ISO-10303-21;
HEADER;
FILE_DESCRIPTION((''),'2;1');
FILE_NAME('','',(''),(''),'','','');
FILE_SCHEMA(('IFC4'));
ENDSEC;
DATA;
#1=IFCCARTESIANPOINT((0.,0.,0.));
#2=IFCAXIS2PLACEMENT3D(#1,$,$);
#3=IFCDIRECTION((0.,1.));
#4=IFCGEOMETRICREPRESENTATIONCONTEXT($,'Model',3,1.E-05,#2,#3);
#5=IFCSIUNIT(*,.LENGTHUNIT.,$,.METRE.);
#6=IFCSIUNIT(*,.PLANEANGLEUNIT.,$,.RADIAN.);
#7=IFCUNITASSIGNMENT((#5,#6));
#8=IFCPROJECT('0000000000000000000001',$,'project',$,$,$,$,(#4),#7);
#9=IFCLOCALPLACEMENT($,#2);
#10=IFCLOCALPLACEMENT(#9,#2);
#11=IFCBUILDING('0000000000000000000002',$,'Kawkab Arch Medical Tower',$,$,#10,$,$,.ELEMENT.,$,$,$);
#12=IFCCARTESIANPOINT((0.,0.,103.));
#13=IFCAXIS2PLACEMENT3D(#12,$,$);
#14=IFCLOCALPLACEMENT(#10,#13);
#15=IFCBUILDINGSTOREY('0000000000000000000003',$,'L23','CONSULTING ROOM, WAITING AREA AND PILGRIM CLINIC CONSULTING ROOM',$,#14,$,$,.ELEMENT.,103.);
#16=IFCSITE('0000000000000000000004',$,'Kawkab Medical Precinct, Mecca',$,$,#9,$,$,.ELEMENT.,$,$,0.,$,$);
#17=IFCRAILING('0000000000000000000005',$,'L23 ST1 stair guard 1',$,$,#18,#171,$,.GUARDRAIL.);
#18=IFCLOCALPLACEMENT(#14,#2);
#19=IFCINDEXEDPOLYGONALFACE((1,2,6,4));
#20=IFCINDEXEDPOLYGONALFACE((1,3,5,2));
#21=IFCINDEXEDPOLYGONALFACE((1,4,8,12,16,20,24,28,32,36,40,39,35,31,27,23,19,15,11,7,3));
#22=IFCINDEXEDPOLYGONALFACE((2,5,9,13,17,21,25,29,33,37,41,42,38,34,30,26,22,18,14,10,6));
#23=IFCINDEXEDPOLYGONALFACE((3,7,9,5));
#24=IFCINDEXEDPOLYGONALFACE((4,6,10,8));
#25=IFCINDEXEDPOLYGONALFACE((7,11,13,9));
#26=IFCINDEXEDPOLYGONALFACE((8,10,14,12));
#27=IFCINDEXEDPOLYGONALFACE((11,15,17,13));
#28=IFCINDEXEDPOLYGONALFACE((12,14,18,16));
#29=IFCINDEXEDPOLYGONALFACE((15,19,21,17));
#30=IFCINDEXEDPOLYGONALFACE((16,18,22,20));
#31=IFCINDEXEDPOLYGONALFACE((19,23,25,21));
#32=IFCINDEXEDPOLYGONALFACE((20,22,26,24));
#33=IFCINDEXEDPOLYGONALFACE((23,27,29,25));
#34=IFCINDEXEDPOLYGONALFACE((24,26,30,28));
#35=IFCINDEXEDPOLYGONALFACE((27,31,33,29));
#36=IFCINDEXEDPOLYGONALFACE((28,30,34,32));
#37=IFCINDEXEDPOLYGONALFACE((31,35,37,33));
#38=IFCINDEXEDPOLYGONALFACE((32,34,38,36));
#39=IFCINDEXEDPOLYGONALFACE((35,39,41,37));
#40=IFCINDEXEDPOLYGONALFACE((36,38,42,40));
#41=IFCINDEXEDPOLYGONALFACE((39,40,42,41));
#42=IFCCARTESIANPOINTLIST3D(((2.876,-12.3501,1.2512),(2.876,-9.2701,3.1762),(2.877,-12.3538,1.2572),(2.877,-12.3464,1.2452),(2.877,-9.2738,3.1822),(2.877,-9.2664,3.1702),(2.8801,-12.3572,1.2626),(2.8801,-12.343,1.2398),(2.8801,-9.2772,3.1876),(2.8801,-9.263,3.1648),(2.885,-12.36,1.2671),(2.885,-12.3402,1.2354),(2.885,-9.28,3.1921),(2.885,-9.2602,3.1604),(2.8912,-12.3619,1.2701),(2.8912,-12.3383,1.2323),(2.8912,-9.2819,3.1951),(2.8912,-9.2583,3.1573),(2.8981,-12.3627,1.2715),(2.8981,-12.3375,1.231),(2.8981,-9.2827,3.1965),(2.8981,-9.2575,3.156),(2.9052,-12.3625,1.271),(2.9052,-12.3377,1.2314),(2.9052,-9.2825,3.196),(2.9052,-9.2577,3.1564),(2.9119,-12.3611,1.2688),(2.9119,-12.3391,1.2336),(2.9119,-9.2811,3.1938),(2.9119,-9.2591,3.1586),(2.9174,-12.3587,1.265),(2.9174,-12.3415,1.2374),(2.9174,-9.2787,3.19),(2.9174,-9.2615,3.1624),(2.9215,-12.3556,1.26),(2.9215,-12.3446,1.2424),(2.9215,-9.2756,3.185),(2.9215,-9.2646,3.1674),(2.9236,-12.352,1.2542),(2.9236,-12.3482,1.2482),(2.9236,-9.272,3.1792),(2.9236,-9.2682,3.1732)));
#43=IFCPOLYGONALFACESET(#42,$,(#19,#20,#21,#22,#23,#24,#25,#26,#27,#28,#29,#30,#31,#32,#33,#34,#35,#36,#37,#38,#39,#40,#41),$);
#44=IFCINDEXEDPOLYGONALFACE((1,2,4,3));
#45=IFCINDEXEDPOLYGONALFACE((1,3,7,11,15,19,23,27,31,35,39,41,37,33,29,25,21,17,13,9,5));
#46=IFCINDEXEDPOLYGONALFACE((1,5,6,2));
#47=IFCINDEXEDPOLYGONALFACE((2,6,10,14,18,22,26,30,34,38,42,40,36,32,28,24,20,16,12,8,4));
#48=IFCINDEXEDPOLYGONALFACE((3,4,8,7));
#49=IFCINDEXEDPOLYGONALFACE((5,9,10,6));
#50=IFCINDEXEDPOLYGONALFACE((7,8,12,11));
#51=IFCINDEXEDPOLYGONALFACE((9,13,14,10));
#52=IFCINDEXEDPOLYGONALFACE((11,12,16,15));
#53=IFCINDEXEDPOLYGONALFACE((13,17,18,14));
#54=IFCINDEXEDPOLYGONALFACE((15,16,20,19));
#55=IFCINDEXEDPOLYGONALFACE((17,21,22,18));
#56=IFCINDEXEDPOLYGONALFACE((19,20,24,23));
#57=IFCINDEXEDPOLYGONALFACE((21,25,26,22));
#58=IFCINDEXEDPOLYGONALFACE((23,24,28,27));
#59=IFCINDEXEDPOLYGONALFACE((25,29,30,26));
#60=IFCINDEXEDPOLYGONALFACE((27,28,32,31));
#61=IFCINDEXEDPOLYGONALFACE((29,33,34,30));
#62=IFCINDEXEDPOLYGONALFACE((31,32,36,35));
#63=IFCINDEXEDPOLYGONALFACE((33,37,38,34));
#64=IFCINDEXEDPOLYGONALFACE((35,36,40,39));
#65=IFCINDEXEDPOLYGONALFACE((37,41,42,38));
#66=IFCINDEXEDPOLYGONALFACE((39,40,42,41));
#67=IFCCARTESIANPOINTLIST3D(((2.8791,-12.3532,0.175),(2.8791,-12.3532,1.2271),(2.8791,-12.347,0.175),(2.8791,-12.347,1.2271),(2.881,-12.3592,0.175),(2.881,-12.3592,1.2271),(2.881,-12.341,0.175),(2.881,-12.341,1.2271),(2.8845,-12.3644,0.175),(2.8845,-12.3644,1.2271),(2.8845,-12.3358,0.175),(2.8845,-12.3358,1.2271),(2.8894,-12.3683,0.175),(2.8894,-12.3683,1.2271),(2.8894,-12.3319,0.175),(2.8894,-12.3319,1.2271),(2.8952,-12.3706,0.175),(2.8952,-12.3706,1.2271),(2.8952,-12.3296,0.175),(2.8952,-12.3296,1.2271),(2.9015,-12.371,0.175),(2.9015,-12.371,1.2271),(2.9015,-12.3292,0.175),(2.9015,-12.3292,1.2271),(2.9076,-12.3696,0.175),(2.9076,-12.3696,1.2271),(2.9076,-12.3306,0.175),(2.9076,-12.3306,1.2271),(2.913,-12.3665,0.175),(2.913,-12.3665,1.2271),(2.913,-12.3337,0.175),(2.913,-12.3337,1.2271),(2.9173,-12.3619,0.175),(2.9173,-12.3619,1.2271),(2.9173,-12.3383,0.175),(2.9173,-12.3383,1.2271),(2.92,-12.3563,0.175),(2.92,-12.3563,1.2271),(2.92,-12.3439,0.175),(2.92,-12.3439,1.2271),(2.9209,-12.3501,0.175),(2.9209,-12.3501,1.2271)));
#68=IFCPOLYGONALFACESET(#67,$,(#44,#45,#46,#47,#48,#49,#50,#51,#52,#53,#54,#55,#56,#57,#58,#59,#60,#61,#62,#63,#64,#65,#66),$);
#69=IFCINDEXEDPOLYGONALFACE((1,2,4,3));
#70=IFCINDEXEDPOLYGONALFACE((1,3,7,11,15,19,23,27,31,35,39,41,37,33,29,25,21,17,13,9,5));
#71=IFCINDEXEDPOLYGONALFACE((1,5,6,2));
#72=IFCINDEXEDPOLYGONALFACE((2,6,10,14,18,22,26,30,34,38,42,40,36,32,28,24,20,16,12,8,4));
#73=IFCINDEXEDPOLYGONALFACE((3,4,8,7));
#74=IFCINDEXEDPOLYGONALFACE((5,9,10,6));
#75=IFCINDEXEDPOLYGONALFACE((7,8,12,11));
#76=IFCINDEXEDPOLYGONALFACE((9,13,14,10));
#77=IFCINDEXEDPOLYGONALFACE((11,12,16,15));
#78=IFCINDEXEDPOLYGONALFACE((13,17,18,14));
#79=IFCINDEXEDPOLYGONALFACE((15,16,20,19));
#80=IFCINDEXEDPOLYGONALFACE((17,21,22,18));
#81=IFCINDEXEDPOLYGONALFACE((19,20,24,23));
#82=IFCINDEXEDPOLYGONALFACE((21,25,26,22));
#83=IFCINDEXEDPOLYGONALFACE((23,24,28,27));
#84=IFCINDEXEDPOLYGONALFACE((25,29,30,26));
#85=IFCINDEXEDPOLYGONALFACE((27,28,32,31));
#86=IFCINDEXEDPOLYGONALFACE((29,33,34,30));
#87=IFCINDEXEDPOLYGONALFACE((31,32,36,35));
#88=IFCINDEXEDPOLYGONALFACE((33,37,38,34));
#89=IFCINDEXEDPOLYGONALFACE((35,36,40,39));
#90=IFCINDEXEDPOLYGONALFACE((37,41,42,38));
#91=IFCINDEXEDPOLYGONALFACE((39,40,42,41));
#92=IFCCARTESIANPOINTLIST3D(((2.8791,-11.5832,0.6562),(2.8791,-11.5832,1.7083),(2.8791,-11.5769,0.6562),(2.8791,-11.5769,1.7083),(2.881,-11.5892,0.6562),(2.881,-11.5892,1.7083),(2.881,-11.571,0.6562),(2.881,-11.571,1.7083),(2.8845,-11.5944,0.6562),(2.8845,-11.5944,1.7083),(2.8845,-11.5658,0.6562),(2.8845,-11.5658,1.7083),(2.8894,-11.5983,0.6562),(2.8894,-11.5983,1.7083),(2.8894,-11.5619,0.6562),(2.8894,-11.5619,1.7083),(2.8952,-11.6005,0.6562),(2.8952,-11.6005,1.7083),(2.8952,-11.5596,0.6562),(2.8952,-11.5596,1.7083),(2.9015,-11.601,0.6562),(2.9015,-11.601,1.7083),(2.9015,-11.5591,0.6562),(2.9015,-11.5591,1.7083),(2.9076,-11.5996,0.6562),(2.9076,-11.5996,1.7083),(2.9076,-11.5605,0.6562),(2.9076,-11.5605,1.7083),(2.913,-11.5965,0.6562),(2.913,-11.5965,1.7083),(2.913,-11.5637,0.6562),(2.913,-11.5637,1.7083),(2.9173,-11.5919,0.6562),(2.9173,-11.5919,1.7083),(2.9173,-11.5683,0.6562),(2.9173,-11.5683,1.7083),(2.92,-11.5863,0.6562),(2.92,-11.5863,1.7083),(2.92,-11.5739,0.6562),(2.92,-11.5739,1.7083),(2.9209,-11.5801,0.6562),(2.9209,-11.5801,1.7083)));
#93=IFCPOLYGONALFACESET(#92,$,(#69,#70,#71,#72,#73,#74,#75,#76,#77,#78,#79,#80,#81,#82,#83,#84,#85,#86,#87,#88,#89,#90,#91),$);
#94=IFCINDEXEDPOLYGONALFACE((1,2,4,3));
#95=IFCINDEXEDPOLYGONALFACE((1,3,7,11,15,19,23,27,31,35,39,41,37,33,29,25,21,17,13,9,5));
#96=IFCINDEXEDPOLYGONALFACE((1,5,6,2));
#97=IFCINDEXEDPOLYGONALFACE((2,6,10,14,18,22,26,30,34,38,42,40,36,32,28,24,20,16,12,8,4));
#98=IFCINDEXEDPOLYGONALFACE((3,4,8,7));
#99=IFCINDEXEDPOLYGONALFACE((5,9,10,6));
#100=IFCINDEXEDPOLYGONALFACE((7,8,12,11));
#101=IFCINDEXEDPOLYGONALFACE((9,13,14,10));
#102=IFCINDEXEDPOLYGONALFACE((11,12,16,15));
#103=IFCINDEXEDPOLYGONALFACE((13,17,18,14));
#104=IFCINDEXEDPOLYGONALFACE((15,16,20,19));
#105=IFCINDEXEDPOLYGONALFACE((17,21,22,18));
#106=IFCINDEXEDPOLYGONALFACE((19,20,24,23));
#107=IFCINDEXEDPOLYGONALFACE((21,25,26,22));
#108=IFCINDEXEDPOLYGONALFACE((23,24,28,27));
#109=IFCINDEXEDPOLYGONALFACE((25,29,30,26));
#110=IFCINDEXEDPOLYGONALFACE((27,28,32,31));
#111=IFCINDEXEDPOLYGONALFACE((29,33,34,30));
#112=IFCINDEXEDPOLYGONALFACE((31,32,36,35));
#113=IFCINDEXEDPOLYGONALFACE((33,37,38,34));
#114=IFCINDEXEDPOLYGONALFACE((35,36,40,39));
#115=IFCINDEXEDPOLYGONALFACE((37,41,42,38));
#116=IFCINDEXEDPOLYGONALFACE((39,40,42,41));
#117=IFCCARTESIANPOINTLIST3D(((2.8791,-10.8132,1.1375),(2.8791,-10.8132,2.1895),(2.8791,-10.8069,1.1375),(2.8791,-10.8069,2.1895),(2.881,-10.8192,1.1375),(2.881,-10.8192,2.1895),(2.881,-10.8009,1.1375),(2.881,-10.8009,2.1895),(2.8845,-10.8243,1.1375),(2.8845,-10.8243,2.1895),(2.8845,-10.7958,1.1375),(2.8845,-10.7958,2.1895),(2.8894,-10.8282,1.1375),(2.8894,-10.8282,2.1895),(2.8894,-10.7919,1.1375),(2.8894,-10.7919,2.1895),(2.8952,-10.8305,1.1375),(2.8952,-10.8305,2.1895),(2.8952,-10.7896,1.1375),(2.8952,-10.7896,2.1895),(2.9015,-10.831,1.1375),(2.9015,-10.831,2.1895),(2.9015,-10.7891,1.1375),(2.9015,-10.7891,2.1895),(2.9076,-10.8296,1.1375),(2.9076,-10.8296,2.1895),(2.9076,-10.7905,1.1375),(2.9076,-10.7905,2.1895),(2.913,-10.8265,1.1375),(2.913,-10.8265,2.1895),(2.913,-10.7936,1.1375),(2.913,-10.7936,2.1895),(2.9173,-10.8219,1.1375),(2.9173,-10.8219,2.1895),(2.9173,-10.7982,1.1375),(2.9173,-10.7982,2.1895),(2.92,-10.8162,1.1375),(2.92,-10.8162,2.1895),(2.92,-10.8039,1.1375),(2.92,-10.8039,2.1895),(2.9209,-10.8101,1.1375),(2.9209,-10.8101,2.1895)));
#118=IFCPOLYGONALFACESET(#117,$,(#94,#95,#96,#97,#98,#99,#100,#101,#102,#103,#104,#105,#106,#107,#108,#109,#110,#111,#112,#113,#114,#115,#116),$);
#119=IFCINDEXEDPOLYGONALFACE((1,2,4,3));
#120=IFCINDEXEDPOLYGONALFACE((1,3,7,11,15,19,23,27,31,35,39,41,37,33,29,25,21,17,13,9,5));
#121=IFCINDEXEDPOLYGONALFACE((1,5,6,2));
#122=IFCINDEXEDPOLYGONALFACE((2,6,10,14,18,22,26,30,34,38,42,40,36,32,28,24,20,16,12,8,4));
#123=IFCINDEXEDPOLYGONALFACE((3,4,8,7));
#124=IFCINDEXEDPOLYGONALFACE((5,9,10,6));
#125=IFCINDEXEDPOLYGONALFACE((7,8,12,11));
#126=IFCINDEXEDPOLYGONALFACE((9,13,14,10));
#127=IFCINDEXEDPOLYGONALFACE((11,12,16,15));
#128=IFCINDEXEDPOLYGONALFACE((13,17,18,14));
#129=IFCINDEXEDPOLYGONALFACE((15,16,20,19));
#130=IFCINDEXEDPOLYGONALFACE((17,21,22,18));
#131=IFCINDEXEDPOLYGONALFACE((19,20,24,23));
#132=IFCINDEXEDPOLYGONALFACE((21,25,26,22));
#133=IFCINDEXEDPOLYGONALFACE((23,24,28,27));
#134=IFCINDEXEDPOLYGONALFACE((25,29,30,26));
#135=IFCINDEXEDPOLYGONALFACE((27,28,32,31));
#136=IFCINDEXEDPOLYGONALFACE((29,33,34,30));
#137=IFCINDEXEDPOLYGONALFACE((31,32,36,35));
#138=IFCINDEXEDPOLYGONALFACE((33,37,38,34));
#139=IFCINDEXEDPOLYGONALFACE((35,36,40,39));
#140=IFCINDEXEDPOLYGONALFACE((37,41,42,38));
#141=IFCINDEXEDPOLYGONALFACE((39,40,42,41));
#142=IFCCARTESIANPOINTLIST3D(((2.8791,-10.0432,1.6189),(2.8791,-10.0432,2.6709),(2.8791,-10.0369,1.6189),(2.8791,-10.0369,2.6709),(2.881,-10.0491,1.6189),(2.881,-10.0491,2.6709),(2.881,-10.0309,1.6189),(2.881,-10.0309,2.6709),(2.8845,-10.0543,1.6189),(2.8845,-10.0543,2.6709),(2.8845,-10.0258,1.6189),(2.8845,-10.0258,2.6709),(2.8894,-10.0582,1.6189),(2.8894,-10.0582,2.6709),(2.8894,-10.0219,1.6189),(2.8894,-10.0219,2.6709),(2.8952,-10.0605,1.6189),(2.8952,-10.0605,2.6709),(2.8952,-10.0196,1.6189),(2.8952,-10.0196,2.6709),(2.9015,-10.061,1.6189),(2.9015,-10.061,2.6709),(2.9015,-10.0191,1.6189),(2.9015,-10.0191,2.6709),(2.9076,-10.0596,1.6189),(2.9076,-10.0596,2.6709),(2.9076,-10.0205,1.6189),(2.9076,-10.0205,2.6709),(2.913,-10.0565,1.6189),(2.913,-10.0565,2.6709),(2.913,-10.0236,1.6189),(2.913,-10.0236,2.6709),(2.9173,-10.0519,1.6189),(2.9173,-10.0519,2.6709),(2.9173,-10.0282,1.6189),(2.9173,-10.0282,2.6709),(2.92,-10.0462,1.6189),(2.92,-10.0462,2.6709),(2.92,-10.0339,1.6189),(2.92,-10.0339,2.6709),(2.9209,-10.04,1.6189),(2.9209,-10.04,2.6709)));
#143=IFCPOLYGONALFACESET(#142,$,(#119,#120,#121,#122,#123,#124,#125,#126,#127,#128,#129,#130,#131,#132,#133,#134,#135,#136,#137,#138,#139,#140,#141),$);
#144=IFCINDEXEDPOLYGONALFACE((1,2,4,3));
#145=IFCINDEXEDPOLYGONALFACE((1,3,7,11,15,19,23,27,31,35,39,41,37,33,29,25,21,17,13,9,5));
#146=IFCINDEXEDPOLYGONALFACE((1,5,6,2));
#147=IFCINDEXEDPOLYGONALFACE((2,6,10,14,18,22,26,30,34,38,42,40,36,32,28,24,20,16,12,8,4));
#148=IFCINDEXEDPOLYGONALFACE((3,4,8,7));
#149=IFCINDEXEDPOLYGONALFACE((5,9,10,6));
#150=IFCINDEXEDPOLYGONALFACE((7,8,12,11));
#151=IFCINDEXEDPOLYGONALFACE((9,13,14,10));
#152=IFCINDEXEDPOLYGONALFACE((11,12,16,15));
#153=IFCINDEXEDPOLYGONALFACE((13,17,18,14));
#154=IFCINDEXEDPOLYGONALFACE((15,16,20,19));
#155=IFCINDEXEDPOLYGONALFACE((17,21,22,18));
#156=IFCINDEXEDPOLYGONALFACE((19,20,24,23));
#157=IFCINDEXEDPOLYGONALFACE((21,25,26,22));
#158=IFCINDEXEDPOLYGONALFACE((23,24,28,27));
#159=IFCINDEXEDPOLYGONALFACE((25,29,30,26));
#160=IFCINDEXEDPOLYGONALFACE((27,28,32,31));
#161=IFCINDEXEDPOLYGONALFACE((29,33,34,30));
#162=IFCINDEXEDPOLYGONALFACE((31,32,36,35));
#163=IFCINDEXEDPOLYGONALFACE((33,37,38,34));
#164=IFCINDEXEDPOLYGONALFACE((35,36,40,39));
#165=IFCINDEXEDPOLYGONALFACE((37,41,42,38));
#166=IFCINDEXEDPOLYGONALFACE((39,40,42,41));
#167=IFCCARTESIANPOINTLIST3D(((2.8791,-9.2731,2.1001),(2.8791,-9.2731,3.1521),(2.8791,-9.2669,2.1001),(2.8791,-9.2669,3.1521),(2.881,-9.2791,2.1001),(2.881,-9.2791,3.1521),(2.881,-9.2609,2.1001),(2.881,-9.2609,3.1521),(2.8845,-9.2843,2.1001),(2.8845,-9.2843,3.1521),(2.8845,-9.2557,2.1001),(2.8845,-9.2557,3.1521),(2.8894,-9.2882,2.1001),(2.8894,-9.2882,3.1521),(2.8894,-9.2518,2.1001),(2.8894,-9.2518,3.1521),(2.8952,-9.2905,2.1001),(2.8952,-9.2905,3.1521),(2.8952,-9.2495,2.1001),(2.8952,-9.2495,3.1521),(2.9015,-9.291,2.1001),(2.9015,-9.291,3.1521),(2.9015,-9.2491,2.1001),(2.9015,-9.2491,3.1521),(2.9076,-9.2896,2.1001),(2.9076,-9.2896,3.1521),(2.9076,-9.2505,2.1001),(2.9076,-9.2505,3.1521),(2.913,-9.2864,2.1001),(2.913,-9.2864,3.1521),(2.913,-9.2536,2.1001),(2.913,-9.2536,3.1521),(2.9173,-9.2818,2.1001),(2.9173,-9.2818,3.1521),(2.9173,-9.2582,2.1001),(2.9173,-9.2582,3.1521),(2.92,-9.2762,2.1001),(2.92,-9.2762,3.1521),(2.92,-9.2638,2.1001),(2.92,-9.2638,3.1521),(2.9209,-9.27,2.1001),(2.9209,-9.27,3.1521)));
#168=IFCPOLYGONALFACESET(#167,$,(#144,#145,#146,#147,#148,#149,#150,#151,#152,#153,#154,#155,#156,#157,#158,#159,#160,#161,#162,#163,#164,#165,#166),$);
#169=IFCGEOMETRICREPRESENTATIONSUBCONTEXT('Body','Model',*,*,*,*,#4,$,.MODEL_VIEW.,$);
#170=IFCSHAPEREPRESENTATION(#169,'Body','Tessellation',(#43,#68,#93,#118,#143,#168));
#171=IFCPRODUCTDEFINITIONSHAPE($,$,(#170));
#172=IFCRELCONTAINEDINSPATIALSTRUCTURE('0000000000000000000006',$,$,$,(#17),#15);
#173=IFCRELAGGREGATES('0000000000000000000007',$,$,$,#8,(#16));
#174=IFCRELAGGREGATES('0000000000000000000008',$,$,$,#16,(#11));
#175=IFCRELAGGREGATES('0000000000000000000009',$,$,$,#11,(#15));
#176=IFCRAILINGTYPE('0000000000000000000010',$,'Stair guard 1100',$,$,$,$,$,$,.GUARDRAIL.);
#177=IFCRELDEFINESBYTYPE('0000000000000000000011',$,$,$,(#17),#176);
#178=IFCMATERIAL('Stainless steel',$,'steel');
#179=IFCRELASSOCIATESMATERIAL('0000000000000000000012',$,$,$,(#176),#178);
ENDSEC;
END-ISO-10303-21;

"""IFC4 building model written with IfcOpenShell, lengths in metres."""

from ifc_helpers import new_model, si_unit, direction, frame, origin, origin_2d, place, context, subcontext, project, spatial, circle, extrude, material, type_object, element, save


model = new_model("IFC4")

# Units and contexts
model_context = context("Model", 3, precision=1e-05, world=origin(), true_north=direction((0.0, 1.0)))
body_context = subcontext(model_context, "Body", "Model", "MODEL_VIEW")
ifc_project = project(units=[si_unit("LENGTHUNIT", "METRE"), si_unit("PLANEANGLEUNIT", "RADIAN")], contexts=[model_context])

# Site, building, storey
site_placement = place(None, origin())
site = spatial("IfcSite", under=ifc_project, at=site_placement, Name="Kawkab Medical Precinct, Mecca", CompositionType="ELEMENT", RefElevation=0.0)
building_placement = place(site_placement, origin())
building = spatial("IfcBuilding", under=site, at=building_placement, Name="Kawkab Arch Medical Tower", CompositionType="ELEMENT")
storey_placement = place(building_placement, frame((0.0, 0.0, 103.0)))
storey = spatial("IfcBuildingStorey", under=building, at=storey_placement, Name="L23", Description="CONSULTING ROOM, WAITING AREA AND PILGRIM CLINIC CONSULTING ROOM", CompositionType="ELEMENT", Elevation=103.0)

# Railing
ifc_material_1 = material(Name="Stainless steel", Category="steel")
railing_type_1 = type_object("IfcRailingType", Name="Stair guard 1100", PredefinedType="GUARDRAIL", material=ifc_material_1)
railing_1_placement = place(storey_placement, frame((2.8999, -12.3501, 0.175)))
element("IfcRailing", 1, at=railing_1_placement, inside=storey, type_object=railing_type_1, Name="L23 ST1 stair guard 1", PredefinedType="GUARDRAIL", context=body_context, shape_type="SweptSolid", body=[
    extrude(circle(Radius=0.0239, at=origin_2d()), frame((0.0, 0.0, 1.0762), z_axis=(0.0, 0.847998, 0.529999), x_axis=(-1.0, 0.0, 0.0)), (0.0, 0.0, 1.0), 3.6321),
    extrude(circle(Radius=0.021, at=origin_2d()), origin(), (0.0, 0.0, 1.0), 1.052),
    extrude(circle(Radius=0.021, at=origin_2d()), frame((0.0, 0.77, 0.4812)), (0.0, 0.0, 1.0), 1.052),
    extrude(circle(Radius=0.021, at=origin_2d()), frame((0.0, 1.54, 0.9624)), (0.0, 0.0, 1.0), 1.052),
    extrude(circle(Radius=0.021, at=origin_2d()), frame((0.0, 2.3101, 1.4438)), (0.0, 0.0, 1.0), 1.052),
    extrude(circle(Radius=0.021, at=origin_2d()), frame((0.0, 3.0801, 1.925)), (0.0, 0.0, 1.0), 1.052),
])

save(model, "model.ifc")
